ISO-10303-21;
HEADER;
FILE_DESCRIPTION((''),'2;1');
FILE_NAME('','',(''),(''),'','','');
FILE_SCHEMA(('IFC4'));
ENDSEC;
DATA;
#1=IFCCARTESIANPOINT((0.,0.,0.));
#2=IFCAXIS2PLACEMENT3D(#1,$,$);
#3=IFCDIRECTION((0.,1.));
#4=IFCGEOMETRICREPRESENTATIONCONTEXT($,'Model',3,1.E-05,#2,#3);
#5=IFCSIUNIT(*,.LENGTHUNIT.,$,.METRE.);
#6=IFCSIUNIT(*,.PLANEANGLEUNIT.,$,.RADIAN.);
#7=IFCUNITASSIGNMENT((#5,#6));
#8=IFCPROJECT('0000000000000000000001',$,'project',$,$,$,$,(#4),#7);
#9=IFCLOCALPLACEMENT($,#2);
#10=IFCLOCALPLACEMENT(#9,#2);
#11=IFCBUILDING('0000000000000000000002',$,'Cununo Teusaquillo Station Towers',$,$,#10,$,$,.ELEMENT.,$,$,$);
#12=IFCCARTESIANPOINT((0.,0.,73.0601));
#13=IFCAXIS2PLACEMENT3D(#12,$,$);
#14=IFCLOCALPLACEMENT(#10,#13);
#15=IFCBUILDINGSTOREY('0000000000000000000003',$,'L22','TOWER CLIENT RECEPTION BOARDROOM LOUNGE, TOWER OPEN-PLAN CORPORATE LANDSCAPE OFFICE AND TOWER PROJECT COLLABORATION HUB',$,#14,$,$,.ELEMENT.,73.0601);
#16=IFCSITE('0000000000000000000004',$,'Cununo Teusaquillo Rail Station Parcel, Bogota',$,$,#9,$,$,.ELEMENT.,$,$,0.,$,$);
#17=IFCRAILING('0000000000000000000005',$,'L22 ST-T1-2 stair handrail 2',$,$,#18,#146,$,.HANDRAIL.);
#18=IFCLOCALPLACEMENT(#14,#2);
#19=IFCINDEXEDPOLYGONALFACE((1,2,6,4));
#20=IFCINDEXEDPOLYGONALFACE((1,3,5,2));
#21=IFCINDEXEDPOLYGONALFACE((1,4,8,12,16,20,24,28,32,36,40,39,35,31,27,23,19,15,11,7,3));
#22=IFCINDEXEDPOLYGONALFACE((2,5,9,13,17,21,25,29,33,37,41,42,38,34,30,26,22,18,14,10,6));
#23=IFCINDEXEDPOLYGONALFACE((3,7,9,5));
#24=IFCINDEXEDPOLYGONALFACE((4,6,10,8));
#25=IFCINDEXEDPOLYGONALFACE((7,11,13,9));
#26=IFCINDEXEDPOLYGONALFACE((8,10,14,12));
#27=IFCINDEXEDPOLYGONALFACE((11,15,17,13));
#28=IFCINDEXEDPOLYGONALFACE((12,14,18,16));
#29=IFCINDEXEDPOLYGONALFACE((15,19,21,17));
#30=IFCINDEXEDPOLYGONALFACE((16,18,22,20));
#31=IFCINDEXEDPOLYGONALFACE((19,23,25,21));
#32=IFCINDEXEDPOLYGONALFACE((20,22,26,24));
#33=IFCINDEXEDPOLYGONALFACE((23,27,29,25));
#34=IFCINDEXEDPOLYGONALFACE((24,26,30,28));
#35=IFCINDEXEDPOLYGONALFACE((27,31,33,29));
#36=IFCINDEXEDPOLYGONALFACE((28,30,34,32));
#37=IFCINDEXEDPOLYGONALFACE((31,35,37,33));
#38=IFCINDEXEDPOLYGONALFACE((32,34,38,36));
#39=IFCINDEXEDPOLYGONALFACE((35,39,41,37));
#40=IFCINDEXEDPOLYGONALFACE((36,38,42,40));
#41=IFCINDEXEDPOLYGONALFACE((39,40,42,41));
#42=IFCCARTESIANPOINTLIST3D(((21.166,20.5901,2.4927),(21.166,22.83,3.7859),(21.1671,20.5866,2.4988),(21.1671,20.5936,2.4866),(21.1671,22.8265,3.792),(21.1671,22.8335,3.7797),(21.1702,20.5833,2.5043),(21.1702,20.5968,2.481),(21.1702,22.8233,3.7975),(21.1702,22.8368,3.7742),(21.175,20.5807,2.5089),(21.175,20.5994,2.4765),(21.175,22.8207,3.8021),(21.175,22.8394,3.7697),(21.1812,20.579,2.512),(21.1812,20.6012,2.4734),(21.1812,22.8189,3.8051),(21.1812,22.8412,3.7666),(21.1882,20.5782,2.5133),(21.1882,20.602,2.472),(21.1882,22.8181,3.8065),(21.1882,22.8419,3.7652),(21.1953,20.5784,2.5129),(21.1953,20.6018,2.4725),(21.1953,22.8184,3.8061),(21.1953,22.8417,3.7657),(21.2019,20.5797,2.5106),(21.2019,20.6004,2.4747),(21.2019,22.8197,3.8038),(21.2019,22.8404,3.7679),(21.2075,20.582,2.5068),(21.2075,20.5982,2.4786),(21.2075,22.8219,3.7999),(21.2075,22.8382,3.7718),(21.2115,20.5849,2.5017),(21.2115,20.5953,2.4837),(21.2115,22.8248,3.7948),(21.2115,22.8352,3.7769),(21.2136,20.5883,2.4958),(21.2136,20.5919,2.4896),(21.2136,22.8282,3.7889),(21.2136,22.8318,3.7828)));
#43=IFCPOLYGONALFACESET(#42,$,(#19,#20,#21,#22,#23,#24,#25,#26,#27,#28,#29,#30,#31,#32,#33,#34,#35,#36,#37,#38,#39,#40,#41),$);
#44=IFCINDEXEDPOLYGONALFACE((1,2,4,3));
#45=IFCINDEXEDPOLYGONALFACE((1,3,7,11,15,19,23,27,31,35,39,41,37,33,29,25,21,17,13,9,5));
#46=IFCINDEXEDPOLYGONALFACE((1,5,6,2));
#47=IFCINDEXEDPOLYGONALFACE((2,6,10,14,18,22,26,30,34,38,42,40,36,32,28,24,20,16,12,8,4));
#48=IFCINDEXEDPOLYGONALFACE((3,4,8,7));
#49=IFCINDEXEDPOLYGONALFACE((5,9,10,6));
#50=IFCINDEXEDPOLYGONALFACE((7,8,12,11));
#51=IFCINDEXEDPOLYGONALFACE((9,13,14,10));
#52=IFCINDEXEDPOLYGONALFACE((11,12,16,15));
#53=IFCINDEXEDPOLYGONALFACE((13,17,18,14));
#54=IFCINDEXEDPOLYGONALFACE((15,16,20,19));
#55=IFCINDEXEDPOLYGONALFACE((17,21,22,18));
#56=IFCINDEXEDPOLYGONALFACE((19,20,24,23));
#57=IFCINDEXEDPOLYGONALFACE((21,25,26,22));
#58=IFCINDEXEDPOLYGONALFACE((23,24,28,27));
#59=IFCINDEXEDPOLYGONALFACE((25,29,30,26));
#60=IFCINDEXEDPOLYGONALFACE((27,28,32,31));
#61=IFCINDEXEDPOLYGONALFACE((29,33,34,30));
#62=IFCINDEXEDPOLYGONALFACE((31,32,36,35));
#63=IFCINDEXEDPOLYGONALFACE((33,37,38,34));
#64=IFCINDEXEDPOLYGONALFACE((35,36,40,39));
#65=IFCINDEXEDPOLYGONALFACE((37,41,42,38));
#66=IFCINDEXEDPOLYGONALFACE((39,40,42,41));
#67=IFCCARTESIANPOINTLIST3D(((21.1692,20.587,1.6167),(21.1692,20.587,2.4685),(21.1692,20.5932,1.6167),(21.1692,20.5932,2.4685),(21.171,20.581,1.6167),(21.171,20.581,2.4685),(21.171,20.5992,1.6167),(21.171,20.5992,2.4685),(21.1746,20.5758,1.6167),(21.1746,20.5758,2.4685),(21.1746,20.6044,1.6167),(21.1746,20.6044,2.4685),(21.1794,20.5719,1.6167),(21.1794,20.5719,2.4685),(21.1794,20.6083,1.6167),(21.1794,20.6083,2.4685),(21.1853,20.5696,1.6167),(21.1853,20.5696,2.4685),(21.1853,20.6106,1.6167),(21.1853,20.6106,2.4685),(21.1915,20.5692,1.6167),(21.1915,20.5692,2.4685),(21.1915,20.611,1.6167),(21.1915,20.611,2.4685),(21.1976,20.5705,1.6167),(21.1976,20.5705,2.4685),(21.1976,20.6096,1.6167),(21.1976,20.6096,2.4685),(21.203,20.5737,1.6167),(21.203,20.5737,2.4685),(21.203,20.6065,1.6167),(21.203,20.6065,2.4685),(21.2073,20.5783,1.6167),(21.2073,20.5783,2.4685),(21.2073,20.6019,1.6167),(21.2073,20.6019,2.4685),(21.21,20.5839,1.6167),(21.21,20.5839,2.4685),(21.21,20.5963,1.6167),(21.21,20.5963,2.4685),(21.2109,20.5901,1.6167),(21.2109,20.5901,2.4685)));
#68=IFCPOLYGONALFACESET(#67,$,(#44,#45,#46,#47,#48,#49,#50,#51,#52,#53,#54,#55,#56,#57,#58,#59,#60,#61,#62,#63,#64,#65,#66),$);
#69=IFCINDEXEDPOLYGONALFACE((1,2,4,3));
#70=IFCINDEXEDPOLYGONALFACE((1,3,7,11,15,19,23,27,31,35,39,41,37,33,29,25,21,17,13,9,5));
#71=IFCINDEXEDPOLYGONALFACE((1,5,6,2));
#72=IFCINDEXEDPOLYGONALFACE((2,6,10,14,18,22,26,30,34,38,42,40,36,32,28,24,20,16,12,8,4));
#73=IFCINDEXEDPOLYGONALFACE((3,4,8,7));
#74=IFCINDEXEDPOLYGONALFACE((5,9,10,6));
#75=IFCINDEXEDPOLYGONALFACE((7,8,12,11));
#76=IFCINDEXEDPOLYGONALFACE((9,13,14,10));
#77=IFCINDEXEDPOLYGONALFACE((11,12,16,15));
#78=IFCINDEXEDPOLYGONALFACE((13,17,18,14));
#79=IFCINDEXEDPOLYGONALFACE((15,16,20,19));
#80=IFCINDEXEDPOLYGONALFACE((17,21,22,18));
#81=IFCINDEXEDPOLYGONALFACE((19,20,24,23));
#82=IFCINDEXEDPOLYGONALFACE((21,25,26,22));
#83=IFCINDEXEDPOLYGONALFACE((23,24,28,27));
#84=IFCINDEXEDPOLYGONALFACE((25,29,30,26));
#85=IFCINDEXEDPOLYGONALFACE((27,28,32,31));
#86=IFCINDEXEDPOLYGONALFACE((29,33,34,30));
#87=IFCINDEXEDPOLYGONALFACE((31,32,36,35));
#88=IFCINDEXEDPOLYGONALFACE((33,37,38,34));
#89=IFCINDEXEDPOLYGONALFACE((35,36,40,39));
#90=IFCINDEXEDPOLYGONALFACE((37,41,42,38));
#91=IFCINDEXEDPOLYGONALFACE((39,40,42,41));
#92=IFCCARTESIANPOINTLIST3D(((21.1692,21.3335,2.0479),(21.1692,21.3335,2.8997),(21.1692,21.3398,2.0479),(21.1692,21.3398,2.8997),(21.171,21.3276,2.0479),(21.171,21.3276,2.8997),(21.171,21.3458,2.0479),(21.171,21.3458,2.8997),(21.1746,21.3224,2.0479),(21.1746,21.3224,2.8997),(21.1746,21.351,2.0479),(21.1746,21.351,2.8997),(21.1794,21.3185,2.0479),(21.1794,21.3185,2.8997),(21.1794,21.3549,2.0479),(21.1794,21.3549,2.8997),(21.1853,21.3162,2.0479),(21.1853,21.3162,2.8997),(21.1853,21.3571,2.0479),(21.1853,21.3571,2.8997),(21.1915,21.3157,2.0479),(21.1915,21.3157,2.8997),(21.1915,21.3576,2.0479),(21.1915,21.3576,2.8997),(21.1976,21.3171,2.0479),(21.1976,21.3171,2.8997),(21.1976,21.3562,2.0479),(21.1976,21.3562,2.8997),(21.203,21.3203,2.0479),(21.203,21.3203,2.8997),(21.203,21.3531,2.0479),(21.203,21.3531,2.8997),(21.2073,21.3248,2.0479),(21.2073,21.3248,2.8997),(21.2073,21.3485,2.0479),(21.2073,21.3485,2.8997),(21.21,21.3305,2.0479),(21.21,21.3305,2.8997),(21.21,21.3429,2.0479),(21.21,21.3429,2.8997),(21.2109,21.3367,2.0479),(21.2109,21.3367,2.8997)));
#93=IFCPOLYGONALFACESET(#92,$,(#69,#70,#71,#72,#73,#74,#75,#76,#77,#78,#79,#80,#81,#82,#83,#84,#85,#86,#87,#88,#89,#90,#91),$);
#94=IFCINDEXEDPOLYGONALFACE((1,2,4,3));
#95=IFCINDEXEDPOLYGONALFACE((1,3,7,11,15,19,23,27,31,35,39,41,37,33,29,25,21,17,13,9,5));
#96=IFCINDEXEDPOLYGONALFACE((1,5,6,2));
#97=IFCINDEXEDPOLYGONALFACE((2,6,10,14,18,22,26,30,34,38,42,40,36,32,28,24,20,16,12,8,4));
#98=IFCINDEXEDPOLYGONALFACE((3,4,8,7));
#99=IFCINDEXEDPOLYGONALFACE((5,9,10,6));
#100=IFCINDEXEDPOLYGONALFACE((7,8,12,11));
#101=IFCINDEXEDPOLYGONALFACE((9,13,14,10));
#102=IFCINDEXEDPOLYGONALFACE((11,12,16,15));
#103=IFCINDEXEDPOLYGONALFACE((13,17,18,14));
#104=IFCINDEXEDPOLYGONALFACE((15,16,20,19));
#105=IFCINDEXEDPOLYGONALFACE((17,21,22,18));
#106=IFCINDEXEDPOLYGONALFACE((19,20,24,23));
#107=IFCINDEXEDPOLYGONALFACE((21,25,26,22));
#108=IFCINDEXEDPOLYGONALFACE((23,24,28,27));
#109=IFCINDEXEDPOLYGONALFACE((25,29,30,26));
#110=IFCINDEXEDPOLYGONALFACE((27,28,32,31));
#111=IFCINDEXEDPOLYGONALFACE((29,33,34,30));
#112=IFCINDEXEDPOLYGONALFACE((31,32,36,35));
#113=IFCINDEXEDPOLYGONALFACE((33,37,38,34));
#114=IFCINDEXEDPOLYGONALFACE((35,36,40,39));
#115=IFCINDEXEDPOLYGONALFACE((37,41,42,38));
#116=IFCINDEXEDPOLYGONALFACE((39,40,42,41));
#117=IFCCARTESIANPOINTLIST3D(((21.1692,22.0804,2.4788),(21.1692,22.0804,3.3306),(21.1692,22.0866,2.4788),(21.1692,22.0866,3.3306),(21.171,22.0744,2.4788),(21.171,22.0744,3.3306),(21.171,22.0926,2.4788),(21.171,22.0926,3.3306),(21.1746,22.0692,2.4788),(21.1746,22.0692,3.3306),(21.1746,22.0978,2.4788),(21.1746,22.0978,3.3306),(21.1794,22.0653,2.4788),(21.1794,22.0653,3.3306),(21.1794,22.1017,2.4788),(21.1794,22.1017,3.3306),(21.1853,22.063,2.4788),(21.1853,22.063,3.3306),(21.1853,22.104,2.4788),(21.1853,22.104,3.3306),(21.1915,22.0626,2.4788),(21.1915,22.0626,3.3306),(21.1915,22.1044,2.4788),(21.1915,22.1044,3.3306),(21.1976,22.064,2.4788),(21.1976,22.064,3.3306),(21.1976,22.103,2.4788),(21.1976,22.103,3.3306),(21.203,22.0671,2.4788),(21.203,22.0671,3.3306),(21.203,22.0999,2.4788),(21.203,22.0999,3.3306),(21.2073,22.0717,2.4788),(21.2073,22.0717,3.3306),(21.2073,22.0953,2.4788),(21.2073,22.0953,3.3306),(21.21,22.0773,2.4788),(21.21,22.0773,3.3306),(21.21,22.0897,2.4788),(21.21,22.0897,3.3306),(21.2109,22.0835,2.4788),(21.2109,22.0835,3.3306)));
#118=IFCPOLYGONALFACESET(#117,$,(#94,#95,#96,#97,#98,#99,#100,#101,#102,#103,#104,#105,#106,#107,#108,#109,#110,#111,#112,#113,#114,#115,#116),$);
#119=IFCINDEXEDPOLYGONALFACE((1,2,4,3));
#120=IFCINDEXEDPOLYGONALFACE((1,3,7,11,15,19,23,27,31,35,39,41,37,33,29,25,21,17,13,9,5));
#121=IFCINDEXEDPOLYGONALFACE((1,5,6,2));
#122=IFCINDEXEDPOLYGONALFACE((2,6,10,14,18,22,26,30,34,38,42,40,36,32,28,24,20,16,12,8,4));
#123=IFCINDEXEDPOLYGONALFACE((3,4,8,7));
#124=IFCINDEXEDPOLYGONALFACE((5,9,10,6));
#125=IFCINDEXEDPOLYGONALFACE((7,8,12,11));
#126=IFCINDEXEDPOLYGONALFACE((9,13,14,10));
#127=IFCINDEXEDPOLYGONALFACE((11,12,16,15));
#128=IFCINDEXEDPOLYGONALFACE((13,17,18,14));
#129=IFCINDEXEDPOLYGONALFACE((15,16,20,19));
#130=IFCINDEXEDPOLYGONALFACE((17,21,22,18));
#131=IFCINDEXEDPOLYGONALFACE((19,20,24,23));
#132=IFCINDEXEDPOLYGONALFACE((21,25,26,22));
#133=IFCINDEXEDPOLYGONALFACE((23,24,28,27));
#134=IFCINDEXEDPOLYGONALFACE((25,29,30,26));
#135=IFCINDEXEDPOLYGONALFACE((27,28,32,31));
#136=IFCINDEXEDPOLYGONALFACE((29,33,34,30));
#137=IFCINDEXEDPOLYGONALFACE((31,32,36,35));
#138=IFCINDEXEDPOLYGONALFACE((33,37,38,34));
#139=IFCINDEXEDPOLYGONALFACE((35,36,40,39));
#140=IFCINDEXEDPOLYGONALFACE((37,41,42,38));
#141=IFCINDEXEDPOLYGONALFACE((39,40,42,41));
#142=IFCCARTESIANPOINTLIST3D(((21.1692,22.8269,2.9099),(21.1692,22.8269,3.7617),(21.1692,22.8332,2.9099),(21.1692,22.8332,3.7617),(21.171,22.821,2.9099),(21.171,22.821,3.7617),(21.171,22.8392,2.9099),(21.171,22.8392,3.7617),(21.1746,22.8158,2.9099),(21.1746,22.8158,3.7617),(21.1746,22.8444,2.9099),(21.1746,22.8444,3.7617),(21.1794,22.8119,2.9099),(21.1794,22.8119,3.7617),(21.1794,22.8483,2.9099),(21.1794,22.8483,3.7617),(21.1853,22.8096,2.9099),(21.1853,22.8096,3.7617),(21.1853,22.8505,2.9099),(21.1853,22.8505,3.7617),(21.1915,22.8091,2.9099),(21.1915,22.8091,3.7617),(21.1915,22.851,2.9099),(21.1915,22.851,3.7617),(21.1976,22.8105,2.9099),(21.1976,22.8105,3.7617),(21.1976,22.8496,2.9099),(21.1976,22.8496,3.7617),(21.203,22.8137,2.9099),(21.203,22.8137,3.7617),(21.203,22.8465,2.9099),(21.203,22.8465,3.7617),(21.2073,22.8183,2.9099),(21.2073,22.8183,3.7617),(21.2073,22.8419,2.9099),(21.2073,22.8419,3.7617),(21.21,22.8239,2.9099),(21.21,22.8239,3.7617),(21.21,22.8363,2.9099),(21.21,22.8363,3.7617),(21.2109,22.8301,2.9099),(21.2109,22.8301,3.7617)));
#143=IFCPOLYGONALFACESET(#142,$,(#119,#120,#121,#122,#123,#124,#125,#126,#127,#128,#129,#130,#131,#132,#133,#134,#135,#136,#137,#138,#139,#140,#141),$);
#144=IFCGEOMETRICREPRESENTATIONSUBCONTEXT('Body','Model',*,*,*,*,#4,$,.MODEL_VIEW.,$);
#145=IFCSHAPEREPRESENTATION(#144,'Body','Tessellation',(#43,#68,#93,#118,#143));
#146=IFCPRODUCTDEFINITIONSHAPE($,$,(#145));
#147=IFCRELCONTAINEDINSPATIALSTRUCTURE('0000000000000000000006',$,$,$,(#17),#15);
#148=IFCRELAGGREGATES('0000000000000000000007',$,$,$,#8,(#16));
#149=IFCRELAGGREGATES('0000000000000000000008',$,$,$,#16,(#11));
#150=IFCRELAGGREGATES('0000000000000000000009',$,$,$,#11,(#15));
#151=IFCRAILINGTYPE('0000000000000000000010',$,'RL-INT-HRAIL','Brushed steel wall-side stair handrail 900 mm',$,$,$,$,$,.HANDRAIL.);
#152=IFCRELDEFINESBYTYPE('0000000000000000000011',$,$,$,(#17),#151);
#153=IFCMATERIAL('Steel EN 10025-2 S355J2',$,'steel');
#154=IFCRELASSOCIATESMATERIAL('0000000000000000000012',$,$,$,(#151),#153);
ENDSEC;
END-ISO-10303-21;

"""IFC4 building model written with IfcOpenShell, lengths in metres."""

from ifc_helpers import new_model, si_unit, direction, frame, origin, origin_2d, place, context, subcontext, project, spatial, circle, extrude, material, type_object, element, save


model = new_model("IFC4")

# Units and contexts
model_context = context("Model", 3, precision=1e-05, world=origin(), true_north=direction((0.0, 1.0)))
body_context = subcontext(model_context, "Body", "Model", "MODEL_VIEW")
ifc_project = project(units=[si_unit("LENGTHUNIT", "METRE"), si_unit("PLANEANGLEUNIT", "RADIAN")], contexts=[model_context])

# Site, building, storey
site_placement = place(None, origin())
site = spatial("IfcSite", under=ifc_project, at=site_placement, Name="Cununo Teusaquillo Rail Station Parcel, Bogota", CompositionType="ELEMENT", RefElevation=0.0)
building_placement = place(site_placement, origin())
building = spatial("IfcBuilding", under=site, at=building_placement, Name="Cununo Teusaquillo Station Towers", CompositionType="ELEMENT")
storey_placement = place(building_placement, frame((0.0, 0.0, 73.0601)))
storey = spatial("IfcBuildingStorey", under=building, at=storey_placement, Name="L22", Description="TOWER CLIENT RECEPTION BOARDROOM LOUNGE, TOWER OPEN-PLAN CORPORATE LANDSCAPE OFFICE AND TOWER PROJECT COLLABORATION HUB", CompositionType="ELEMENT", Elevation=73.0601)

# Railing
ifc_material_1 = material(Name="Steel EN 10025-2 S355J2", Category="steel")
railing_type_1 = type_object("IfcRailingType", Name="RL-INT-HRAIL", Description="Brushed steel wall-side stair handrail 900 mm", PredefinedType="HANDRAIL", material=ifc_material_1)
railing_1_placement = place(storey_placement, frame((21.1899, 20.5901, 1.6167)))
element("IfcRailing", 1, at=railing_1_placement, inside=storey, type_object=railing_type_1, Name="L22 ST-T1-2 stair handrail 2", PredefinedType="HANDRAIL", context=body_context, shape_type="SweptSolid", body=[
    extrude(circle(Radius=0.0239, at=origin_2d()), frame((0.0, 0.0, 0.876), z_axis=(0.0, 0.866033, 0.499987), x_axis=(-1.0, 0.0, 0.0)), (0.0, 0.0, 1.0), 2.5864),
    extrude(circle(Radius=0.021, at=origin_2d()), origin(), (0.0, 0.0, 1.0), 0.8518),
    extrude(circle(Radius=0.021, at=origin_2d()), frame((0.0, 0.7466, 0.4312)), (0.0, 0.0, 1.0), 0.8518),
    extrude(circle(Radius=0.021, at=origin_2d()), frame((0.0, 1.4934, 0.8621)), (0.0, 0.0, 1.0), 0.8518),
    extrude(circle(Radius=0.021, at=origin_2d()), frame((0.0, 2.24, 1.2932)), (0.0, 0.0, 1.0), 0.8518),
])

save(model, "model.ifc")
